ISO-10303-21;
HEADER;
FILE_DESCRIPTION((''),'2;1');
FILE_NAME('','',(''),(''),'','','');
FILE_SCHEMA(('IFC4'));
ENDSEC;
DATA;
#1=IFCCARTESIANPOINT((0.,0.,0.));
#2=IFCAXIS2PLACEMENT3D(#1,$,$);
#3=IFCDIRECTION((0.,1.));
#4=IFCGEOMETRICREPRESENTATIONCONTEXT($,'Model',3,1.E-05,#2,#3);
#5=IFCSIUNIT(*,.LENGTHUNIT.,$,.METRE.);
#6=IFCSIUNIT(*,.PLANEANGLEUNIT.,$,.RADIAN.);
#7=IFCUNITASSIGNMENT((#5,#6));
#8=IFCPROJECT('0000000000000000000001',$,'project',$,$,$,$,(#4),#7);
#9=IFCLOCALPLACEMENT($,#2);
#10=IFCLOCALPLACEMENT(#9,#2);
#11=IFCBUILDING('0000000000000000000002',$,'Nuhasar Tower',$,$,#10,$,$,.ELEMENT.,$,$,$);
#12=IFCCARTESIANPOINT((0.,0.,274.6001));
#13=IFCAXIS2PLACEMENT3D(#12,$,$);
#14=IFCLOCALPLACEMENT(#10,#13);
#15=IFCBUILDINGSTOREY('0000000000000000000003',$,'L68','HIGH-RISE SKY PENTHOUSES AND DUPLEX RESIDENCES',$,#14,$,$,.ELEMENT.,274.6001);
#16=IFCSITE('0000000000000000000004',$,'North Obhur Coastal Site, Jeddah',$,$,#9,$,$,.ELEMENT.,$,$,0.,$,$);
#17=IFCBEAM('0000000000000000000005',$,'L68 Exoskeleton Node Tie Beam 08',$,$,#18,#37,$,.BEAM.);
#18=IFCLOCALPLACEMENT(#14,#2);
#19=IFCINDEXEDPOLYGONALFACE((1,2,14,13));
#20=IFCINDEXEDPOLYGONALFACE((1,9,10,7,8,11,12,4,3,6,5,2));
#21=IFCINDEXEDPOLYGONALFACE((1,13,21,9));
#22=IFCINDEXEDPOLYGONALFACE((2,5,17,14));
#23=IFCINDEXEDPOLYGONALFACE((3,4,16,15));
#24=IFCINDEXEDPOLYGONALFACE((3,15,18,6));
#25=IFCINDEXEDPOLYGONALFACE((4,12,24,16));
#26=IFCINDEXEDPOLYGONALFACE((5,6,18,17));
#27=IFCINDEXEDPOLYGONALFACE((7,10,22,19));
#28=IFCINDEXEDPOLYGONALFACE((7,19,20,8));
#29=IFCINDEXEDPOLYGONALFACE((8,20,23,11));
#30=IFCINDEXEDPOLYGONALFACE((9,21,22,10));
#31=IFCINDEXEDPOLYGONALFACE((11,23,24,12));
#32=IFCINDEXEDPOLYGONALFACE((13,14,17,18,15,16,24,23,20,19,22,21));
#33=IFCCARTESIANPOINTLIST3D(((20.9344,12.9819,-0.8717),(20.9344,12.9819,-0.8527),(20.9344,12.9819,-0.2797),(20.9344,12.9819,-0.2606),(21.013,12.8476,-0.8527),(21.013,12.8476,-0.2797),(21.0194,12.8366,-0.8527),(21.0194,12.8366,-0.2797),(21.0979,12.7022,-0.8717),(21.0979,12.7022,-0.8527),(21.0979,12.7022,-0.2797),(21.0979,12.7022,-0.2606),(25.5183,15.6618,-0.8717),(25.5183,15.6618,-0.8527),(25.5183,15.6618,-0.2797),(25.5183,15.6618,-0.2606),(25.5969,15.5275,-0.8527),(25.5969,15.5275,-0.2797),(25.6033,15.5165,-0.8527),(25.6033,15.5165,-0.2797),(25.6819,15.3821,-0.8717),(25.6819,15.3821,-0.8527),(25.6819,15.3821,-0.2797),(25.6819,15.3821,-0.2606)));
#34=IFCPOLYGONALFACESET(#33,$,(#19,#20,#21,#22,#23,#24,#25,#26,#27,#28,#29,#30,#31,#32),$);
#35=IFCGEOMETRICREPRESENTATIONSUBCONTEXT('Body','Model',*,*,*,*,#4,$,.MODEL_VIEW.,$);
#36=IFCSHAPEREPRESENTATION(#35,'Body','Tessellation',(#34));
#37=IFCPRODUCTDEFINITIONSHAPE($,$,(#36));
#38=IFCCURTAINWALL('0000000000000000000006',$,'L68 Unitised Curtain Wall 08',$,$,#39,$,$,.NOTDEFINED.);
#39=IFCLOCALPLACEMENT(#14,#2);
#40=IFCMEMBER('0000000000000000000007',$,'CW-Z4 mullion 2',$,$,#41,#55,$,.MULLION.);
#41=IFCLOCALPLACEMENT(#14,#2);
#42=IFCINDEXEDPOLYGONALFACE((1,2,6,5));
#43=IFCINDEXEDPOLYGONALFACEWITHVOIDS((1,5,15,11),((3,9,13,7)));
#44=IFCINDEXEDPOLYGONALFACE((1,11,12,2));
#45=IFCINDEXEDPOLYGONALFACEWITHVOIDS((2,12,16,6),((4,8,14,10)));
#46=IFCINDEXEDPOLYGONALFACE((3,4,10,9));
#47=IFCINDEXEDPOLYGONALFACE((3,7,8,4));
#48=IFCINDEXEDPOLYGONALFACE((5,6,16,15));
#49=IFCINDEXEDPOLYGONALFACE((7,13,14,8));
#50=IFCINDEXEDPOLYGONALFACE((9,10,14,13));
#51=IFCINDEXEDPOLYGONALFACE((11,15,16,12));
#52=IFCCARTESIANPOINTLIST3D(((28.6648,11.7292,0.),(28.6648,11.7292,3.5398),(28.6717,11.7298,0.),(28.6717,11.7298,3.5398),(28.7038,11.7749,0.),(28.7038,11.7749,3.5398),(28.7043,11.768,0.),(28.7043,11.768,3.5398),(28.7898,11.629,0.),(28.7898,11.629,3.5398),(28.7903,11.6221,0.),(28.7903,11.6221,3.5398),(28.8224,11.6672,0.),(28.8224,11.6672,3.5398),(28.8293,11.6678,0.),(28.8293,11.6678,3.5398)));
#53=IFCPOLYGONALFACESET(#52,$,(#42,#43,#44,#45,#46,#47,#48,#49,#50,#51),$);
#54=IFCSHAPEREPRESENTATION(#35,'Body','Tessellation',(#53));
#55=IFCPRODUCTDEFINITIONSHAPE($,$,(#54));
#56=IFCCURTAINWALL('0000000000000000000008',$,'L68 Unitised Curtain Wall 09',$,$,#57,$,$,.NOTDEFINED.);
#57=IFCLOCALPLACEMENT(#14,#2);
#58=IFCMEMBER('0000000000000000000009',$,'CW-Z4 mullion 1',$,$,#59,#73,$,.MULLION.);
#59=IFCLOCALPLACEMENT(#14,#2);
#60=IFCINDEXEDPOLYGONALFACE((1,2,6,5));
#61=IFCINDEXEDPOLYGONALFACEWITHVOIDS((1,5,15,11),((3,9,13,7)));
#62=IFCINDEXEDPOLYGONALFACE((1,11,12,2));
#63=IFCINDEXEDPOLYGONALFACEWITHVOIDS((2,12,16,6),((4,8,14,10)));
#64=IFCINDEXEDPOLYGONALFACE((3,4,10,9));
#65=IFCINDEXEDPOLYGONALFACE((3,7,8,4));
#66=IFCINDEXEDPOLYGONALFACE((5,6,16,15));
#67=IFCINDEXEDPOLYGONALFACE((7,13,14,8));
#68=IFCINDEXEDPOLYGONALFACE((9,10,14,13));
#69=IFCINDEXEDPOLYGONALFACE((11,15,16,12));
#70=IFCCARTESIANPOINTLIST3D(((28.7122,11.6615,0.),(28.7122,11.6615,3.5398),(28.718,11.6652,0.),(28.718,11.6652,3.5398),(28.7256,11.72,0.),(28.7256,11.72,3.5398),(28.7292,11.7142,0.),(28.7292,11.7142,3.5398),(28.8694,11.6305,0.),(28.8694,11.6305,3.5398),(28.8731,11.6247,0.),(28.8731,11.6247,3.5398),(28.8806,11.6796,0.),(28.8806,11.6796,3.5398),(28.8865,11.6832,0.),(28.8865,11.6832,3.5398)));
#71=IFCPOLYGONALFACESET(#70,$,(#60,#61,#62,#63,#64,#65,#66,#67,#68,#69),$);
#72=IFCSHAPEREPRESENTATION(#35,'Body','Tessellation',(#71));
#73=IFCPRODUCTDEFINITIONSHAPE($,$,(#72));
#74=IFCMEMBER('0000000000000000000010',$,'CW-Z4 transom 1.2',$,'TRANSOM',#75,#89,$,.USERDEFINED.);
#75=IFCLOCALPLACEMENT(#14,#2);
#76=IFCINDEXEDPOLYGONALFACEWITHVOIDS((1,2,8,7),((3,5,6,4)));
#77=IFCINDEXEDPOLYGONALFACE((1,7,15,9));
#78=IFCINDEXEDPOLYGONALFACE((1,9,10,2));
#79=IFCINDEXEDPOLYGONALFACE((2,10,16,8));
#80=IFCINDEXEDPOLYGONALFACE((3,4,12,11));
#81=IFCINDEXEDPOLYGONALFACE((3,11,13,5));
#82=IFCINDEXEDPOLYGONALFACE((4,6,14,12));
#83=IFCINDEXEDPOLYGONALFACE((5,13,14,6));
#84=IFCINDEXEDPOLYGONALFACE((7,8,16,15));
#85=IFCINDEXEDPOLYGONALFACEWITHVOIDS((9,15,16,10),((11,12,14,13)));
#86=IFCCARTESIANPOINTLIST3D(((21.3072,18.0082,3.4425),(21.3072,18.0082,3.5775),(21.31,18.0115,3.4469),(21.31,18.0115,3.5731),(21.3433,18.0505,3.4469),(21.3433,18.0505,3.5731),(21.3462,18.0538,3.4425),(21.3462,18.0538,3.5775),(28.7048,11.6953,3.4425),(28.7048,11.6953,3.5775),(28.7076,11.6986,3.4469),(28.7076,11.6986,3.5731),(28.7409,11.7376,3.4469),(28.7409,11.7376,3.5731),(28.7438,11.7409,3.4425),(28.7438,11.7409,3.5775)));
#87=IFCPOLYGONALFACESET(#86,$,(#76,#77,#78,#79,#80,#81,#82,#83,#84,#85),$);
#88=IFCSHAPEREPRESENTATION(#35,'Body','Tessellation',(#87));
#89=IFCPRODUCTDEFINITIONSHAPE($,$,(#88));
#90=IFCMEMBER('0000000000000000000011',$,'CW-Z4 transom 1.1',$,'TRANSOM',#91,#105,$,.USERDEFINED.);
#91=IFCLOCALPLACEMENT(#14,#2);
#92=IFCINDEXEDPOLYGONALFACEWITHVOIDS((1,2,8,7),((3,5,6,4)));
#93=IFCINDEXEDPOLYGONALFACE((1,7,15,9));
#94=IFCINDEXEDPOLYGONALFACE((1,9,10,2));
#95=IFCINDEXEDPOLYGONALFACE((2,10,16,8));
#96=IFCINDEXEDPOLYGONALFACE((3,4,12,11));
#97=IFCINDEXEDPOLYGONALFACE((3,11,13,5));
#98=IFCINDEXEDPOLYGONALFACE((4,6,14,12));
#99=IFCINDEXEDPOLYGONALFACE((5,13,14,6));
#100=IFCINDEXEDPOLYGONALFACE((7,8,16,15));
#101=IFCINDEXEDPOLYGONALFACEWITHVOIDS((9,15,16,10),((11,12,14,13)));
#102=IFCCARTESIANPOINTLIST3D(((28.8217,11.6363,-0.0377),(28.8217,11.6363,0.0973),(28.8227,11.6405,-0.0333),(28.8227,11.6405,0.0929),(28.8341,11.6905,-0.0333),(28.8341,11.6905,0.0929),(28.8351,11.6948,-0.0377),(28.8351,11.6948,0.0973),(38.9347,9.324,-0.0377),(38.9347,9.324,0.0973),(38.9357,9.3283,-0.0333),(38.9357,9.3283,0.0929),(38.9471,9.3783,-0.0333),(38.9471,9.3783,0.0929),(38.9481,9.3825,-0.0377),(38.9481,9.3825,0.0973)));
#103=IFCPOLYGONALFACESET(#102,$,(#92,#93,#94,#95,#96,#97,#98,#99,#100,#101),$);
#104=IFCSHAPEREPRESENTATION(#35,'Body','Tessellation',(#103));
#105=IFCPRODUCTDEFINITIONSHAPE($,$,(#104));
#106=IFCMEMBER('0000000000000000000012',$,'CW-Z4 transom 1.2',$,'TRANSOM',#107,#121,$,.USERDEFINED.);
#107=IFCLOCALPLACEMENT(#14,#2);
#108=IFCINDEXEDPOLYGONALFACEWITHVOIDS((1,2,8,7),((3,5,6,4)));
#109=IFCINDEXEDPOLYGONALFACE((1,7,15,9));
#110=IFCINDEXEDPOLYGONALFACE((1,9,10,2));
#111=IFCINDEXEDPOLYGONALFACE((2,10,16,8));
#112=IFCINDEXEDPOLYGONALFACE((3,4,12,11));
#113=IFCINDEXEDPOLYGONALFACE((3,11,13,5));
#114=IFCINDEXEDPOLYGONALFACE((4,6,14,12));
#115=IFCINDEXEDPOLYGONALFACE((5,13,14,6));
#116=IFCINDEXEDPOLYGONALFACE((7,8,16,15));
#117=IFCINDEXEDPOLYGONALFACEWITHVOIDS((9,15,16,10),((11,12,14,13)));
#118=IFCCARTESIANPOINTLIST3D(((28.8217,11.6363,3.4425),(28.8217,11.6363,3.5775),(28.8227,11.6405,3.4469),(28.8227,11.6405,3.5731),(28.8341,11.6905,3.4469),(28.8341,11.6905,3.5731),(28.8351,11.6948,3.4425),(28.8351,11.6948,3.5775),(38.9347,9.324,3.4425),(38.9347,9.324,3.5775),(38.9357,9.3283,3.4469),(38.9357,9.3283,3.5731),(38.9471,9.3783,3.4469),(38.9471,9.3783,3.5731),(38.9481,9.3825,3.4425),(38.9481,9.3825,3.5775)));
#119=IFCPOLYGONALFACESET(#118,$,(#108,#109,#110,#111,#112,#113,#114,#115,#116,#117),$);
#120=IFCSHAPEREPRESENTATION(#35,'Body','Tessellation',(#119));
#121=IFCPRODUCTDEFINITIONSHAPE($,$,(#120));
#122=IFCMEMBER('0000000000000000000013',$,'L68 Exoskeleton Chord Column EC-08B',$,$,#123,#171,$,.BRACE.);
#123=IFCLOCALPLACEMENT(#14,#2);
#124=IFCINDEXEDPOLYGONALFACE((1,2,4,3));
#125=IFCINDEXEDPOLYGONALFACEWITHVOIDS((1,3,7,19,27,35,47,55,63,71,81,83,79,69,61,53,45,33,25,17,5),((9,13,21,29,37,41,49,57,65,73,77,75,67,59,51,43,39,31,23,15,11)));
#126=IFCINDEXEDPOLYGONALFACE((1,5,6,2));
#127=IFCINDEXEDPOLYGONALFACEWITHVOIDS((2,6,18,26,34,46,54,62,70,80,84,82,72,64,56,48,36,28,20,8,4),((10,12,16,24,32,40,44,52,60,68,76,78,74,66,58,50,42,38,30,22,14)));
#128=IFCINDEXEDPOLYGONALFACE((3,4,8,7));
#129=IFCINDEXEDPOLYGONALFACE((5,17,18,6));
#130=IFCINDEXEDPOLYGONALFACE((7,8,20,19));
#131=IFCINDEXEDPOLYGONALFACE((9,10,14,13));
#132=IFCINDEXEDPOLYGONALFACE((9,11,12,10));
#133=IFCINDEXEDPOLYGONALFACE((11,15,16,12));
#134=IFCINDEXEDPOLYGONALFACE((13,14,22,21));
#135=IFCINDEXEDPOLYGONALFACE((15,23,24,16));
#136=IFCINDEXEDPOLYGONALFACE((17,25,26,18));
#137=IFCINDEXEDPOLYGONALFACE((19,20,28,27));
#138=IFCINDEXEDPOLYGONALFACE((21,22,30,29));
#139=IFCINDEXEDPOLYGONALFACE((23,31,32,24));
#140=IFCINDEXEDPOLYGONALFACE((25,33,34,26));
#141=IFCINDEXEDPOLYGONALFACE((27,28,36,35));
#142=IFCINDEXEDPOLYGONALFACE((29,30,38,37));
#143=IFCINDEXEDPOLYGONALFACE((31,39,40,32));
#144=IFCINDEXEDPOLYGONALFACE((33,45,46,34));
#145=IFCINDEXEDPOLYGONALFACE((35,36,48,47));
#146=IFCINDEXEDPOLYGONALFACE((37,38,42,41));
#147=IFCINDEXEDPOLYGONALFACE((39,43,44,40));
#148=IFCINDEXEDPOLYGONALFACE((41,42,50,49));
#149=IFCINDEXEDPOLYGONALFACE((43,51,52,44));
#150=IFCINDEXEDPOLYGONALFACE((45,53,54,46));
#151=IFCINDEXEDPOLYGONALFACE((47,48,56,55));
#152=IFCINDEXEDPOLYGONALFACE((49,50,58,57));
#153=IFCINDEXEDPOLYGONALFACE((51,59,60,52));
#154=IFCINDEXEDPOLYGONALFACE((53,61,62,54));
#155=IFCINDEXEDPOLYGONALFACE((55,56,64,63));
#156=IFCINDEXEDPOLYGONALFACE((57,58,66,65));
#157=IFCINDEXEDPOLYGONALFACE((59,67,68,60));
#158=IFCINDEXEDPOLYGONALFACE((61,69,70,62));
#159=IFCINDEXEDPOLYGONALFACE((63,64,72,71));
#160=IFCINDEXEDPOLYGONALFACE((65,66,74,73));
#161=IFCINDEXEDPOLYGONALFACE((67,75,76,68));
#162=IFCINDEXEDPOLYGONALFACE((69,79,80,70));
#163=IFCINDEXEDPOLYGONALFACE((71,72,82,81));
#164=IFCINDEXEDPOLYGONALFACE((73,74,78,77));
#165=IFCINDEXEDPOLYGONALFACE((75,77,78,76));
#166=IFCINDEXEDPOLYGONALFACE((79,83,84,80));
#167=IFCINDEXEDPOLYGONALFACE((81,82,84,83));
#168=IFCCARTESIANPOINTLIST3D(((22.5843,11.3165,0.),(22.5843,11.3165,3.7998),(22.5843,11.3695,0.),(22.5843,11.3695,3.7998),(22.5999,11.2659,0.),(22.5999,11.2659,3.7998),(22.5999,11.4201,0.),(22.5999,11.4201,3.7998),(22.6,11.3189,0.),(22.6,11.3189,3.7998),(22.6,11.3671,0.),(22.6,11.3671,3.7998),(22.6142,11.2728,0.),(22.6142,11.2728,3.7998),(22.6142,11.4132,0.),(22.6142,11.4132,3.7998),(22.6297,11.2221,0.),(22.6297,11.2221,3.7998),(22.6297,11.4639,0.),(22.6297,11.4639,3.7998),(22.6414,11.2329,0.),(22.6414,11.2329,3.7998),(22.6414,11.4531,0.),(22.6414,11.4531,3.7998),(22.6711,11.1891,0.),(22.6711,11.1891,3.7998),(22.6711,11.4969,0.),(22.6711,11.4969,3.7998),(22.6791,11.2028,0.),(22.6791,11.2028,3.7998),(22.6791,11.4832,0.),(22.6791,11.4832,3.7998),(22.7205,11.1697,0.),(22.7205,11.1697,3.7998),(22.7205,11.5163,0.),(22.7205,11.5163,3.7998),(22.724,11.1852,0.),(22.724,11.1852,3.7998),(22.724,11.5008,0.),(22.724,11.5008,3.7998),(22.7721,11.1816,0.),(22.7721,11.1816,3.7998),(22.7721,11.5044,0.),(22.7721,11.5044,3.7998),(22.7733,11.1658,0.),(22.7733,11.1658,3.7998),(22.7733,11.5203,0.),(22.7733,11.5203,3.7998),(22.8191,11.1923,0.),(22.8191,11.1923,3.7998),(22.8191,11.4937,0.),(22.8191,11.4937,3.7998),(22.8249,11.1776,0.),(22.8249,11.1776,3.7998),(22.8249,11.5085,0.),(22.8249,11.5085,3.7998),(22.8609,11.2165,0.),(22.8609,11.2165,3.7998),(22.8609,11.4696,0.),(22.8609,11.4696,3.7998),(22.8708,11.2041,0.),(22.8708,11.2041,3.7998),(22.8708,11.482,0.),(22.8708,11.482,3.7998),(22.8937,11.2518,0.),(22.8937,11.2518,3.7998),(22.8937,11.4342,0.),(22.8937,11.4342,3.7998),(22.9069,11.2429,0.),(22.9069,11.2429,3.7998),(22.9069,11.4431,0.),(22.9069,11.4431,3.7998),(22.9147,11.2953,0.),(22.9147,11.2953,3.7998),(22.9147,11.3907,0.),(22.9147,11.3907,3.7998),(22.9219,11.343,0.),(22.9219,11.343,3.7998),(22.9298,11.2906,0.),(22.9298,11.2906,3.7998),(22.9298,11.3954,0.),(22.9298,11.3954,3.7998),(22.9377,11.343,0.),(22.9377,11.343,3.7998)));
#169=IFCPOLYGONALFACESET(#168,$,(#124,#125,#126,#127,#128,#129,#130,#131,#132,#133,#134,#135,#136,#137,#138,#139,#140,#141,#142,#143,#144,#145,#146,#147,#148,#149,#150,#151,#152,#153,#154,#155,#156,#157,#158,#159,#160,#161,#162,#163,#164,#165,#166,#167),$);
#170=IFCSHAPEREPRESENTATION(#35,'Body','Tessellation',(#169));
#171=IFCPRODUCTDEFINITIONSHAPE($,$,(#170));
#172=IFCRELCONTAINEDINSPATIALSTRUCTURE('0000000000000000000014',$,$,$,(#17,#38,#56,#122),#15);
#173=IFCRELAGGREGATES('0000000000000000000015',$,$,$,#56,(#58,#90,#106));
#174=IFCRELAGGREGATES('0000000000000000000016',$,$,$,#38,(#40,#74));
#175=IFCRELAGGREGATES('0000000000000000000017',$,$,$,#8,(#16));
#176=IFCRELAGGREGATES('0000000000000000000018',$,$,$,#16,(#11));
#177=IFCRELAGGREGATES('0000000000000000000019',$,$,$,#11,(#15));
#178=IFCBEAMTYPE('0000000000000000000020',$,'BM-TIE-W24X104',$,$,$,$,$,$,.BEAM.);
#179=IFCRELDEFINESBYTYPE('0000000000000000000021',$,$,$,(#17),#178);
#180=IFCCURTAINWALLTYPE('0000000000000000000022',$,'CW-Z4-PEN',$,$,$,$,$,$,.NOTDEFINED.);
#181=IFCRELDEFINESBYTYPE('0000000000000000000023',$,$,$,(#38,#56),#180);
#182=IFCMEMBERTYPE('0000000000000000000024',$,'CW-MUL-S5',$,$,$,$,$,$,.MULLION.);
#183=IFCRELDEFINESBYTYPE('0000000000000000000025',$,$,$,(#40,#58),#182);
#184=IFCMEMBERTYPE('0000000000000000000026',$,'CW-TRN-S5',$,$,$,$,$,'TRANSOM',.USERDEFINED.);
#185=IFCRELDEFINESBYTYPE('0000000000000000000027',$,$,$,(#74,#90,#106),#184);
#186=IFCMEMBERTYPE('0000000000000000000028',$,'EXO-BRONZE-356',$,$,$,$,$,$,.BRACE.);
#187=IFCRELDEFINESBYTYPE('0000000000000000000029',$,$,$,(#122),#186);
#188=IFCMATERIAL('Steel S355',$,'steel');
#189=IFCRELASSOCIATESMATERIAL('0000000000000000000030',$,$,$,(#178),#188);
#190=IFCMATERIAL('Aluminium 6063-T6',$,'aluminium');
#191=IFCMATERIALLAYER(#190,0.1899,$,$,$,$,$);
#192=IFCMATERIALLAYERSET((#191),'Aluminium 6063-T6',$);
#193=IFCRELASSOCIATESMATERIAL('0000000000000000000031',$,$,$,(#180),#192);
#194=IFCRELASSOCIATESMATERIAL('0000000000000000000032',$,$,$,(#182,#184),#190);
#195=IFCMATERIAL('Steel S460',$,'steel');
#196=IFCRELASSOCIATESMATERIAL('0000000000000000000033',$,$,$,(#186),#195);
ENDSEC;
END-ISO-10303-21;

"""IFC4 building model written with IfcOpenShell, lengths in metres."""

from ifc_helpers import new_model, si_unit, direction, frame, origin, origin_2d, place, context, subcontext, project, spatial, hollow_rectangle, hollow_circle, i_section, extrude, material, layer, layer_set, material_profile, profile_set, type_object, element, aggregate, save


model = new_model("IFC4")

# Units and contexts
model_context = context("Model", 3, precision=1e-05, world=origin(), true_north=direction((0.0, 1.0)))
body_context = subcontext(model_context, "Body", "Model", "MODEL_VIEW")
ifc_project = project(units=[si_unit("LENGTHUNIT", "METRE"), si_unit("PLANEANGLEUNIT", "RADIAN")], contexts=[model_context])

# Site, building, storey
site_placement = place(None, origin())
site = spatial("IfcSite", under=ifc_project, at=site_placement, Name="North Obhur Coastal Site, Jeddah", CompositionType="ELEMENT", RefElevation=0.0)
building_placement = place(site_placement, origin())
building = spatial("IfcBuilding", under=site, at=building_placement, Name="Nuhasar Tower", CompositionType="ELEMENT")
storey_placement = place(building_placement, frame((0.0, 0.0, 274.6001)))
storey = spatial("IfcBuildingStorey", under=building, at=storey_placement, Name="L68", Description="HIGH-RISE SKY PENTHOUSES AND DUPLEX RESIDENCES", CompositionType="ELEMENT", Elevation=274.6001)

# Beam
ifc_material_1 = material(Name="Steel S355", Category="steel")
ifc_material_profile_1 = material_profile(ifc_material_1, i_section(OverallWidth=0.324, OverallDepth=0.6111, WebThickness=0.0127, FlangeThickness=0.019, at=origin_2d()), Name="W24X104")
ifc_profile_set_1 = profile_set([ifc_material_profile_1], Name="Steel S355")
beam_type_1 = type_object("IfcBeamType", Name="BM-TIE-W24X104", PredefinedType="BEAM", material=ifc_profile_set_1)
beam_1_placement = place(storey_placement, frame((25.6001, 15.522, -0.5662), z_axis=(-0.863292, -0.504706, 0.0), x_axis=(0.504706, -0.863292, 0.0)))
element("IfcBeam", 1, at=beam_1_placement, inside=storey, type_object=beam_type_1, Name="L68 Exoskeleton Node Tie Beam 08", PredefinedType="BEAM", context=body_context, shape_type="SweptSolid", body=[
    extrude(i_section(OverallWidth=0.324, OverallDepth=0.6111, WebThickness=0.0127, FlangeThickness=0.019, at=origin_2d()), origin(), (0.0, 0.0, 1.0), 5.3098),
])

# Curtain walls, members
ifc_material_2 = material(Name="Aluminium 6063-T6", Category="aluminium")
ifc_layer_1 = layer(ifc_material_2, 0.1899)
ifc_layer_set_1 = layer_set([ifc_layer_1], Name="Aluminium 6063-T6")
curtain_wall_type = type_object("IfcCurtainWallType", Name="CW-Z4-PEN", PredefinedType="NOTDEFINED", material=ifc_layer_set_1)
curtain_wall_1_placement = place(storey_placement, origin())
curtain_wall_1 = element("IfcCurtainWall", 2, at=curtain_wall_1_placement, inside=storey, type_object=curtain_wall_type, Name="L68 Unitised Curtain Wall 08", PredefinedType="NOTDEFINED")
ifc_material_profile_2 = material_profile(ifc_material_2, hollow_rectangle(XDim=0.0601, YDim=0.165, WallThickness=0.0049, at=origin_2d()), Name="CWM-5")
ifc_profile_set_2 = profile_set([ifc_material_profile_2], Name="Aluminium 6063-T6")
member_type_1 = type_object("IfcMemberType", Name="CW-MUL-S5", PredefinedType="MULLION", material=ifc_profile_set_2)
member_1_placement = place(storey_placement, frame((28.7471, 11.6985, 0.0), z_axis=(0.0, 0.0, 1.0), x_axis=(0.649142, 0.760667, 0.0)))
member_1 = element("IfcMember", 3, at=member_1_placement, type_object=member_type_1, Name="CW-Z4 mullion 2", PredefinedType="MULLION", context=body_context, shape_type="SweptSolid", body=[
    extrude(hollow_rectangle(XDim=0.0601, YDim=0.165, WallThickness=0.0049, at=origin_2d()), origin(), (0.0, 0.0, 1.0), 3.5398),
])
curtain_wall_2_placement = place(storey_placement, origin())
curtain_wall_2 = element("IfcCurtainWall", 4, at=curtain_wall_2_placement, inside=storey, type_object=curtain_wall_type, Name="L68 Unitised Curtain Wall 09", PredefinedType="NOTDEFINED")
member_2_placement = place(storey_placement, frame((28.7993, 11.6724, 0.0), z_axis=(0.0, 0.0, 1.0), x_axis=(0.222889, 0.974844, 0.0)))
member_2 = element("IfcMember", 5, at=member_2_placement, type_object=member_type_1, Name="CW-Z4 mullion 1", PredefinedType="MULLION", context=body_context, shape_type="SweptSolid", body=[
    extrude(hollow_rectangle(XDim=0.0601, YDim=0.165, WallThickness=0.0049, at=origin_2d()), origin(), (0.0, 0.0, 1.0), 3.5398),
])

# Members
ifc_material_profile_3 = material_profile(ifc_material_2, hollow_rectangle(XDim=0.0601, YDim=0.135, WallThickness=0.0044, at=origin_2d()), Name="CWT-5")
ifc_profile_set_3 = profile_set([ifc_material_profile_3], Name="Aluminium 6063-T6")
member_type_2 = type_object("IfcMemberType", Name="CW-TRN-S5", ElementType="TRANSOM", PredefinedType="USERDEFINED", material=ifc_profile_set_3)
member_3_placement = place(storey_placement, frame((21.3267, 18.031, 3.51), z_axis=(0.760672, -0.649136, 0.0), x_axis=(0.649136, 0.760672, 0.0)))
member_3 = element("IfcMember", 6, at=member_3_placement, type_object=member_type_2, Name="CW-Z4 transom 1.2", ObjectType="TRANSOM", PredefinedType="USERDEFINED", context=body_context, shape_type="SweptSolid", body=[
    extrude(hollow_rectangle(XDim=0.0601, YDim=0.135, WallThickness=0.0044, at=origin_2d()), origin(), (0.0, 0.0, 1.0), 9.7251),
])
member_4_placement = place(storey_placement, frame((28.8284, 11.6655, 0.0298), z_axis=(0.974844, -0.222889, 0.0), x_axis=(0.222889, 0.974844, 0.0)))
member_4 = element("IfcMember", 7, at=member_4_placement, type_object=member_type_2, Name="CW-Z4 transom 1.1", ObjectType="TRANSOM", PredefinedType="USERDEFINED", context=body_context, shape_type="SweptSolid", body=[
    extrude(hollow_rectangle(XDim=0.0601, YDim=0.135, WallThickness=0.0044, at=origin_2d()), origin(), (0.0, 0.0, 1.0), 10.374),
])
member_5_placement = place(storey_placement, frame((28.8284, 11.6655, 3.51), z_axis=(0.974844, -0.222889, 0.0), x_axis=(0.222889, 0.974844, 0.0)))
member_5 = element("IfcMember", 8, at=member_5_placement, type_object=member_type_2, Name="CW-Z4 transom 1.2", ObjectType="TRANSOM", PredefinedType="USERDEFINED", context=body_context, shape_type="SweptSolid", body=[
    extrude(hollow_rectangle(XDim=0.0601, YDim=0.135, WallThickness=0.0044, at=origin_2d()), origin(), (0.0, 0.0, 1.0), 10.374),
])
aggregate(curtain_wall_2, [member_2, member_4, member_5])

# Member
ifc_material_3 = material(Name="Steel S460", Category="steel")
ifc_material_profile_4 = material_profile(ifc_material_3, hollow_circle(Radius=0.1777, WallThickness=0.0159, at=origin_2d()), Name="HSS355.6X15.9")
ifc_profile_set_4 = profile_set([ifc_material_profile_4], Name="Steel S460")
member_type_3 = type_object("IfcMemberType", Name="EXO-BRONZE-356", PredefinedType="BRACE", material=ifc_profile_set_4)
member_6_placement = place(storey_placement, frame((22.76, 11.343, 0.0), z_axis=(0.0, 0.0, 1.0), x_axis=(1.0, 0.0, 0.0)))
element("IfcMember", 9, at=member_6_placement, inside=storey, type_object=member_type_3, Name="L68 Exoskeleton Chord Column EC-08B", PredefinedType="BRACE", context=body_context, shape_type="SweptSolid", body=[
    extrude(hollow_circle(Radius=0.1777, WallThickness=0.0159, at=origin_2d()), origin(), (0.0, 0.0, 1.0), 3.7998),
])

aggregate(curtain_wall_1, [member_1, member_3])

save(model, "model.ifc")
